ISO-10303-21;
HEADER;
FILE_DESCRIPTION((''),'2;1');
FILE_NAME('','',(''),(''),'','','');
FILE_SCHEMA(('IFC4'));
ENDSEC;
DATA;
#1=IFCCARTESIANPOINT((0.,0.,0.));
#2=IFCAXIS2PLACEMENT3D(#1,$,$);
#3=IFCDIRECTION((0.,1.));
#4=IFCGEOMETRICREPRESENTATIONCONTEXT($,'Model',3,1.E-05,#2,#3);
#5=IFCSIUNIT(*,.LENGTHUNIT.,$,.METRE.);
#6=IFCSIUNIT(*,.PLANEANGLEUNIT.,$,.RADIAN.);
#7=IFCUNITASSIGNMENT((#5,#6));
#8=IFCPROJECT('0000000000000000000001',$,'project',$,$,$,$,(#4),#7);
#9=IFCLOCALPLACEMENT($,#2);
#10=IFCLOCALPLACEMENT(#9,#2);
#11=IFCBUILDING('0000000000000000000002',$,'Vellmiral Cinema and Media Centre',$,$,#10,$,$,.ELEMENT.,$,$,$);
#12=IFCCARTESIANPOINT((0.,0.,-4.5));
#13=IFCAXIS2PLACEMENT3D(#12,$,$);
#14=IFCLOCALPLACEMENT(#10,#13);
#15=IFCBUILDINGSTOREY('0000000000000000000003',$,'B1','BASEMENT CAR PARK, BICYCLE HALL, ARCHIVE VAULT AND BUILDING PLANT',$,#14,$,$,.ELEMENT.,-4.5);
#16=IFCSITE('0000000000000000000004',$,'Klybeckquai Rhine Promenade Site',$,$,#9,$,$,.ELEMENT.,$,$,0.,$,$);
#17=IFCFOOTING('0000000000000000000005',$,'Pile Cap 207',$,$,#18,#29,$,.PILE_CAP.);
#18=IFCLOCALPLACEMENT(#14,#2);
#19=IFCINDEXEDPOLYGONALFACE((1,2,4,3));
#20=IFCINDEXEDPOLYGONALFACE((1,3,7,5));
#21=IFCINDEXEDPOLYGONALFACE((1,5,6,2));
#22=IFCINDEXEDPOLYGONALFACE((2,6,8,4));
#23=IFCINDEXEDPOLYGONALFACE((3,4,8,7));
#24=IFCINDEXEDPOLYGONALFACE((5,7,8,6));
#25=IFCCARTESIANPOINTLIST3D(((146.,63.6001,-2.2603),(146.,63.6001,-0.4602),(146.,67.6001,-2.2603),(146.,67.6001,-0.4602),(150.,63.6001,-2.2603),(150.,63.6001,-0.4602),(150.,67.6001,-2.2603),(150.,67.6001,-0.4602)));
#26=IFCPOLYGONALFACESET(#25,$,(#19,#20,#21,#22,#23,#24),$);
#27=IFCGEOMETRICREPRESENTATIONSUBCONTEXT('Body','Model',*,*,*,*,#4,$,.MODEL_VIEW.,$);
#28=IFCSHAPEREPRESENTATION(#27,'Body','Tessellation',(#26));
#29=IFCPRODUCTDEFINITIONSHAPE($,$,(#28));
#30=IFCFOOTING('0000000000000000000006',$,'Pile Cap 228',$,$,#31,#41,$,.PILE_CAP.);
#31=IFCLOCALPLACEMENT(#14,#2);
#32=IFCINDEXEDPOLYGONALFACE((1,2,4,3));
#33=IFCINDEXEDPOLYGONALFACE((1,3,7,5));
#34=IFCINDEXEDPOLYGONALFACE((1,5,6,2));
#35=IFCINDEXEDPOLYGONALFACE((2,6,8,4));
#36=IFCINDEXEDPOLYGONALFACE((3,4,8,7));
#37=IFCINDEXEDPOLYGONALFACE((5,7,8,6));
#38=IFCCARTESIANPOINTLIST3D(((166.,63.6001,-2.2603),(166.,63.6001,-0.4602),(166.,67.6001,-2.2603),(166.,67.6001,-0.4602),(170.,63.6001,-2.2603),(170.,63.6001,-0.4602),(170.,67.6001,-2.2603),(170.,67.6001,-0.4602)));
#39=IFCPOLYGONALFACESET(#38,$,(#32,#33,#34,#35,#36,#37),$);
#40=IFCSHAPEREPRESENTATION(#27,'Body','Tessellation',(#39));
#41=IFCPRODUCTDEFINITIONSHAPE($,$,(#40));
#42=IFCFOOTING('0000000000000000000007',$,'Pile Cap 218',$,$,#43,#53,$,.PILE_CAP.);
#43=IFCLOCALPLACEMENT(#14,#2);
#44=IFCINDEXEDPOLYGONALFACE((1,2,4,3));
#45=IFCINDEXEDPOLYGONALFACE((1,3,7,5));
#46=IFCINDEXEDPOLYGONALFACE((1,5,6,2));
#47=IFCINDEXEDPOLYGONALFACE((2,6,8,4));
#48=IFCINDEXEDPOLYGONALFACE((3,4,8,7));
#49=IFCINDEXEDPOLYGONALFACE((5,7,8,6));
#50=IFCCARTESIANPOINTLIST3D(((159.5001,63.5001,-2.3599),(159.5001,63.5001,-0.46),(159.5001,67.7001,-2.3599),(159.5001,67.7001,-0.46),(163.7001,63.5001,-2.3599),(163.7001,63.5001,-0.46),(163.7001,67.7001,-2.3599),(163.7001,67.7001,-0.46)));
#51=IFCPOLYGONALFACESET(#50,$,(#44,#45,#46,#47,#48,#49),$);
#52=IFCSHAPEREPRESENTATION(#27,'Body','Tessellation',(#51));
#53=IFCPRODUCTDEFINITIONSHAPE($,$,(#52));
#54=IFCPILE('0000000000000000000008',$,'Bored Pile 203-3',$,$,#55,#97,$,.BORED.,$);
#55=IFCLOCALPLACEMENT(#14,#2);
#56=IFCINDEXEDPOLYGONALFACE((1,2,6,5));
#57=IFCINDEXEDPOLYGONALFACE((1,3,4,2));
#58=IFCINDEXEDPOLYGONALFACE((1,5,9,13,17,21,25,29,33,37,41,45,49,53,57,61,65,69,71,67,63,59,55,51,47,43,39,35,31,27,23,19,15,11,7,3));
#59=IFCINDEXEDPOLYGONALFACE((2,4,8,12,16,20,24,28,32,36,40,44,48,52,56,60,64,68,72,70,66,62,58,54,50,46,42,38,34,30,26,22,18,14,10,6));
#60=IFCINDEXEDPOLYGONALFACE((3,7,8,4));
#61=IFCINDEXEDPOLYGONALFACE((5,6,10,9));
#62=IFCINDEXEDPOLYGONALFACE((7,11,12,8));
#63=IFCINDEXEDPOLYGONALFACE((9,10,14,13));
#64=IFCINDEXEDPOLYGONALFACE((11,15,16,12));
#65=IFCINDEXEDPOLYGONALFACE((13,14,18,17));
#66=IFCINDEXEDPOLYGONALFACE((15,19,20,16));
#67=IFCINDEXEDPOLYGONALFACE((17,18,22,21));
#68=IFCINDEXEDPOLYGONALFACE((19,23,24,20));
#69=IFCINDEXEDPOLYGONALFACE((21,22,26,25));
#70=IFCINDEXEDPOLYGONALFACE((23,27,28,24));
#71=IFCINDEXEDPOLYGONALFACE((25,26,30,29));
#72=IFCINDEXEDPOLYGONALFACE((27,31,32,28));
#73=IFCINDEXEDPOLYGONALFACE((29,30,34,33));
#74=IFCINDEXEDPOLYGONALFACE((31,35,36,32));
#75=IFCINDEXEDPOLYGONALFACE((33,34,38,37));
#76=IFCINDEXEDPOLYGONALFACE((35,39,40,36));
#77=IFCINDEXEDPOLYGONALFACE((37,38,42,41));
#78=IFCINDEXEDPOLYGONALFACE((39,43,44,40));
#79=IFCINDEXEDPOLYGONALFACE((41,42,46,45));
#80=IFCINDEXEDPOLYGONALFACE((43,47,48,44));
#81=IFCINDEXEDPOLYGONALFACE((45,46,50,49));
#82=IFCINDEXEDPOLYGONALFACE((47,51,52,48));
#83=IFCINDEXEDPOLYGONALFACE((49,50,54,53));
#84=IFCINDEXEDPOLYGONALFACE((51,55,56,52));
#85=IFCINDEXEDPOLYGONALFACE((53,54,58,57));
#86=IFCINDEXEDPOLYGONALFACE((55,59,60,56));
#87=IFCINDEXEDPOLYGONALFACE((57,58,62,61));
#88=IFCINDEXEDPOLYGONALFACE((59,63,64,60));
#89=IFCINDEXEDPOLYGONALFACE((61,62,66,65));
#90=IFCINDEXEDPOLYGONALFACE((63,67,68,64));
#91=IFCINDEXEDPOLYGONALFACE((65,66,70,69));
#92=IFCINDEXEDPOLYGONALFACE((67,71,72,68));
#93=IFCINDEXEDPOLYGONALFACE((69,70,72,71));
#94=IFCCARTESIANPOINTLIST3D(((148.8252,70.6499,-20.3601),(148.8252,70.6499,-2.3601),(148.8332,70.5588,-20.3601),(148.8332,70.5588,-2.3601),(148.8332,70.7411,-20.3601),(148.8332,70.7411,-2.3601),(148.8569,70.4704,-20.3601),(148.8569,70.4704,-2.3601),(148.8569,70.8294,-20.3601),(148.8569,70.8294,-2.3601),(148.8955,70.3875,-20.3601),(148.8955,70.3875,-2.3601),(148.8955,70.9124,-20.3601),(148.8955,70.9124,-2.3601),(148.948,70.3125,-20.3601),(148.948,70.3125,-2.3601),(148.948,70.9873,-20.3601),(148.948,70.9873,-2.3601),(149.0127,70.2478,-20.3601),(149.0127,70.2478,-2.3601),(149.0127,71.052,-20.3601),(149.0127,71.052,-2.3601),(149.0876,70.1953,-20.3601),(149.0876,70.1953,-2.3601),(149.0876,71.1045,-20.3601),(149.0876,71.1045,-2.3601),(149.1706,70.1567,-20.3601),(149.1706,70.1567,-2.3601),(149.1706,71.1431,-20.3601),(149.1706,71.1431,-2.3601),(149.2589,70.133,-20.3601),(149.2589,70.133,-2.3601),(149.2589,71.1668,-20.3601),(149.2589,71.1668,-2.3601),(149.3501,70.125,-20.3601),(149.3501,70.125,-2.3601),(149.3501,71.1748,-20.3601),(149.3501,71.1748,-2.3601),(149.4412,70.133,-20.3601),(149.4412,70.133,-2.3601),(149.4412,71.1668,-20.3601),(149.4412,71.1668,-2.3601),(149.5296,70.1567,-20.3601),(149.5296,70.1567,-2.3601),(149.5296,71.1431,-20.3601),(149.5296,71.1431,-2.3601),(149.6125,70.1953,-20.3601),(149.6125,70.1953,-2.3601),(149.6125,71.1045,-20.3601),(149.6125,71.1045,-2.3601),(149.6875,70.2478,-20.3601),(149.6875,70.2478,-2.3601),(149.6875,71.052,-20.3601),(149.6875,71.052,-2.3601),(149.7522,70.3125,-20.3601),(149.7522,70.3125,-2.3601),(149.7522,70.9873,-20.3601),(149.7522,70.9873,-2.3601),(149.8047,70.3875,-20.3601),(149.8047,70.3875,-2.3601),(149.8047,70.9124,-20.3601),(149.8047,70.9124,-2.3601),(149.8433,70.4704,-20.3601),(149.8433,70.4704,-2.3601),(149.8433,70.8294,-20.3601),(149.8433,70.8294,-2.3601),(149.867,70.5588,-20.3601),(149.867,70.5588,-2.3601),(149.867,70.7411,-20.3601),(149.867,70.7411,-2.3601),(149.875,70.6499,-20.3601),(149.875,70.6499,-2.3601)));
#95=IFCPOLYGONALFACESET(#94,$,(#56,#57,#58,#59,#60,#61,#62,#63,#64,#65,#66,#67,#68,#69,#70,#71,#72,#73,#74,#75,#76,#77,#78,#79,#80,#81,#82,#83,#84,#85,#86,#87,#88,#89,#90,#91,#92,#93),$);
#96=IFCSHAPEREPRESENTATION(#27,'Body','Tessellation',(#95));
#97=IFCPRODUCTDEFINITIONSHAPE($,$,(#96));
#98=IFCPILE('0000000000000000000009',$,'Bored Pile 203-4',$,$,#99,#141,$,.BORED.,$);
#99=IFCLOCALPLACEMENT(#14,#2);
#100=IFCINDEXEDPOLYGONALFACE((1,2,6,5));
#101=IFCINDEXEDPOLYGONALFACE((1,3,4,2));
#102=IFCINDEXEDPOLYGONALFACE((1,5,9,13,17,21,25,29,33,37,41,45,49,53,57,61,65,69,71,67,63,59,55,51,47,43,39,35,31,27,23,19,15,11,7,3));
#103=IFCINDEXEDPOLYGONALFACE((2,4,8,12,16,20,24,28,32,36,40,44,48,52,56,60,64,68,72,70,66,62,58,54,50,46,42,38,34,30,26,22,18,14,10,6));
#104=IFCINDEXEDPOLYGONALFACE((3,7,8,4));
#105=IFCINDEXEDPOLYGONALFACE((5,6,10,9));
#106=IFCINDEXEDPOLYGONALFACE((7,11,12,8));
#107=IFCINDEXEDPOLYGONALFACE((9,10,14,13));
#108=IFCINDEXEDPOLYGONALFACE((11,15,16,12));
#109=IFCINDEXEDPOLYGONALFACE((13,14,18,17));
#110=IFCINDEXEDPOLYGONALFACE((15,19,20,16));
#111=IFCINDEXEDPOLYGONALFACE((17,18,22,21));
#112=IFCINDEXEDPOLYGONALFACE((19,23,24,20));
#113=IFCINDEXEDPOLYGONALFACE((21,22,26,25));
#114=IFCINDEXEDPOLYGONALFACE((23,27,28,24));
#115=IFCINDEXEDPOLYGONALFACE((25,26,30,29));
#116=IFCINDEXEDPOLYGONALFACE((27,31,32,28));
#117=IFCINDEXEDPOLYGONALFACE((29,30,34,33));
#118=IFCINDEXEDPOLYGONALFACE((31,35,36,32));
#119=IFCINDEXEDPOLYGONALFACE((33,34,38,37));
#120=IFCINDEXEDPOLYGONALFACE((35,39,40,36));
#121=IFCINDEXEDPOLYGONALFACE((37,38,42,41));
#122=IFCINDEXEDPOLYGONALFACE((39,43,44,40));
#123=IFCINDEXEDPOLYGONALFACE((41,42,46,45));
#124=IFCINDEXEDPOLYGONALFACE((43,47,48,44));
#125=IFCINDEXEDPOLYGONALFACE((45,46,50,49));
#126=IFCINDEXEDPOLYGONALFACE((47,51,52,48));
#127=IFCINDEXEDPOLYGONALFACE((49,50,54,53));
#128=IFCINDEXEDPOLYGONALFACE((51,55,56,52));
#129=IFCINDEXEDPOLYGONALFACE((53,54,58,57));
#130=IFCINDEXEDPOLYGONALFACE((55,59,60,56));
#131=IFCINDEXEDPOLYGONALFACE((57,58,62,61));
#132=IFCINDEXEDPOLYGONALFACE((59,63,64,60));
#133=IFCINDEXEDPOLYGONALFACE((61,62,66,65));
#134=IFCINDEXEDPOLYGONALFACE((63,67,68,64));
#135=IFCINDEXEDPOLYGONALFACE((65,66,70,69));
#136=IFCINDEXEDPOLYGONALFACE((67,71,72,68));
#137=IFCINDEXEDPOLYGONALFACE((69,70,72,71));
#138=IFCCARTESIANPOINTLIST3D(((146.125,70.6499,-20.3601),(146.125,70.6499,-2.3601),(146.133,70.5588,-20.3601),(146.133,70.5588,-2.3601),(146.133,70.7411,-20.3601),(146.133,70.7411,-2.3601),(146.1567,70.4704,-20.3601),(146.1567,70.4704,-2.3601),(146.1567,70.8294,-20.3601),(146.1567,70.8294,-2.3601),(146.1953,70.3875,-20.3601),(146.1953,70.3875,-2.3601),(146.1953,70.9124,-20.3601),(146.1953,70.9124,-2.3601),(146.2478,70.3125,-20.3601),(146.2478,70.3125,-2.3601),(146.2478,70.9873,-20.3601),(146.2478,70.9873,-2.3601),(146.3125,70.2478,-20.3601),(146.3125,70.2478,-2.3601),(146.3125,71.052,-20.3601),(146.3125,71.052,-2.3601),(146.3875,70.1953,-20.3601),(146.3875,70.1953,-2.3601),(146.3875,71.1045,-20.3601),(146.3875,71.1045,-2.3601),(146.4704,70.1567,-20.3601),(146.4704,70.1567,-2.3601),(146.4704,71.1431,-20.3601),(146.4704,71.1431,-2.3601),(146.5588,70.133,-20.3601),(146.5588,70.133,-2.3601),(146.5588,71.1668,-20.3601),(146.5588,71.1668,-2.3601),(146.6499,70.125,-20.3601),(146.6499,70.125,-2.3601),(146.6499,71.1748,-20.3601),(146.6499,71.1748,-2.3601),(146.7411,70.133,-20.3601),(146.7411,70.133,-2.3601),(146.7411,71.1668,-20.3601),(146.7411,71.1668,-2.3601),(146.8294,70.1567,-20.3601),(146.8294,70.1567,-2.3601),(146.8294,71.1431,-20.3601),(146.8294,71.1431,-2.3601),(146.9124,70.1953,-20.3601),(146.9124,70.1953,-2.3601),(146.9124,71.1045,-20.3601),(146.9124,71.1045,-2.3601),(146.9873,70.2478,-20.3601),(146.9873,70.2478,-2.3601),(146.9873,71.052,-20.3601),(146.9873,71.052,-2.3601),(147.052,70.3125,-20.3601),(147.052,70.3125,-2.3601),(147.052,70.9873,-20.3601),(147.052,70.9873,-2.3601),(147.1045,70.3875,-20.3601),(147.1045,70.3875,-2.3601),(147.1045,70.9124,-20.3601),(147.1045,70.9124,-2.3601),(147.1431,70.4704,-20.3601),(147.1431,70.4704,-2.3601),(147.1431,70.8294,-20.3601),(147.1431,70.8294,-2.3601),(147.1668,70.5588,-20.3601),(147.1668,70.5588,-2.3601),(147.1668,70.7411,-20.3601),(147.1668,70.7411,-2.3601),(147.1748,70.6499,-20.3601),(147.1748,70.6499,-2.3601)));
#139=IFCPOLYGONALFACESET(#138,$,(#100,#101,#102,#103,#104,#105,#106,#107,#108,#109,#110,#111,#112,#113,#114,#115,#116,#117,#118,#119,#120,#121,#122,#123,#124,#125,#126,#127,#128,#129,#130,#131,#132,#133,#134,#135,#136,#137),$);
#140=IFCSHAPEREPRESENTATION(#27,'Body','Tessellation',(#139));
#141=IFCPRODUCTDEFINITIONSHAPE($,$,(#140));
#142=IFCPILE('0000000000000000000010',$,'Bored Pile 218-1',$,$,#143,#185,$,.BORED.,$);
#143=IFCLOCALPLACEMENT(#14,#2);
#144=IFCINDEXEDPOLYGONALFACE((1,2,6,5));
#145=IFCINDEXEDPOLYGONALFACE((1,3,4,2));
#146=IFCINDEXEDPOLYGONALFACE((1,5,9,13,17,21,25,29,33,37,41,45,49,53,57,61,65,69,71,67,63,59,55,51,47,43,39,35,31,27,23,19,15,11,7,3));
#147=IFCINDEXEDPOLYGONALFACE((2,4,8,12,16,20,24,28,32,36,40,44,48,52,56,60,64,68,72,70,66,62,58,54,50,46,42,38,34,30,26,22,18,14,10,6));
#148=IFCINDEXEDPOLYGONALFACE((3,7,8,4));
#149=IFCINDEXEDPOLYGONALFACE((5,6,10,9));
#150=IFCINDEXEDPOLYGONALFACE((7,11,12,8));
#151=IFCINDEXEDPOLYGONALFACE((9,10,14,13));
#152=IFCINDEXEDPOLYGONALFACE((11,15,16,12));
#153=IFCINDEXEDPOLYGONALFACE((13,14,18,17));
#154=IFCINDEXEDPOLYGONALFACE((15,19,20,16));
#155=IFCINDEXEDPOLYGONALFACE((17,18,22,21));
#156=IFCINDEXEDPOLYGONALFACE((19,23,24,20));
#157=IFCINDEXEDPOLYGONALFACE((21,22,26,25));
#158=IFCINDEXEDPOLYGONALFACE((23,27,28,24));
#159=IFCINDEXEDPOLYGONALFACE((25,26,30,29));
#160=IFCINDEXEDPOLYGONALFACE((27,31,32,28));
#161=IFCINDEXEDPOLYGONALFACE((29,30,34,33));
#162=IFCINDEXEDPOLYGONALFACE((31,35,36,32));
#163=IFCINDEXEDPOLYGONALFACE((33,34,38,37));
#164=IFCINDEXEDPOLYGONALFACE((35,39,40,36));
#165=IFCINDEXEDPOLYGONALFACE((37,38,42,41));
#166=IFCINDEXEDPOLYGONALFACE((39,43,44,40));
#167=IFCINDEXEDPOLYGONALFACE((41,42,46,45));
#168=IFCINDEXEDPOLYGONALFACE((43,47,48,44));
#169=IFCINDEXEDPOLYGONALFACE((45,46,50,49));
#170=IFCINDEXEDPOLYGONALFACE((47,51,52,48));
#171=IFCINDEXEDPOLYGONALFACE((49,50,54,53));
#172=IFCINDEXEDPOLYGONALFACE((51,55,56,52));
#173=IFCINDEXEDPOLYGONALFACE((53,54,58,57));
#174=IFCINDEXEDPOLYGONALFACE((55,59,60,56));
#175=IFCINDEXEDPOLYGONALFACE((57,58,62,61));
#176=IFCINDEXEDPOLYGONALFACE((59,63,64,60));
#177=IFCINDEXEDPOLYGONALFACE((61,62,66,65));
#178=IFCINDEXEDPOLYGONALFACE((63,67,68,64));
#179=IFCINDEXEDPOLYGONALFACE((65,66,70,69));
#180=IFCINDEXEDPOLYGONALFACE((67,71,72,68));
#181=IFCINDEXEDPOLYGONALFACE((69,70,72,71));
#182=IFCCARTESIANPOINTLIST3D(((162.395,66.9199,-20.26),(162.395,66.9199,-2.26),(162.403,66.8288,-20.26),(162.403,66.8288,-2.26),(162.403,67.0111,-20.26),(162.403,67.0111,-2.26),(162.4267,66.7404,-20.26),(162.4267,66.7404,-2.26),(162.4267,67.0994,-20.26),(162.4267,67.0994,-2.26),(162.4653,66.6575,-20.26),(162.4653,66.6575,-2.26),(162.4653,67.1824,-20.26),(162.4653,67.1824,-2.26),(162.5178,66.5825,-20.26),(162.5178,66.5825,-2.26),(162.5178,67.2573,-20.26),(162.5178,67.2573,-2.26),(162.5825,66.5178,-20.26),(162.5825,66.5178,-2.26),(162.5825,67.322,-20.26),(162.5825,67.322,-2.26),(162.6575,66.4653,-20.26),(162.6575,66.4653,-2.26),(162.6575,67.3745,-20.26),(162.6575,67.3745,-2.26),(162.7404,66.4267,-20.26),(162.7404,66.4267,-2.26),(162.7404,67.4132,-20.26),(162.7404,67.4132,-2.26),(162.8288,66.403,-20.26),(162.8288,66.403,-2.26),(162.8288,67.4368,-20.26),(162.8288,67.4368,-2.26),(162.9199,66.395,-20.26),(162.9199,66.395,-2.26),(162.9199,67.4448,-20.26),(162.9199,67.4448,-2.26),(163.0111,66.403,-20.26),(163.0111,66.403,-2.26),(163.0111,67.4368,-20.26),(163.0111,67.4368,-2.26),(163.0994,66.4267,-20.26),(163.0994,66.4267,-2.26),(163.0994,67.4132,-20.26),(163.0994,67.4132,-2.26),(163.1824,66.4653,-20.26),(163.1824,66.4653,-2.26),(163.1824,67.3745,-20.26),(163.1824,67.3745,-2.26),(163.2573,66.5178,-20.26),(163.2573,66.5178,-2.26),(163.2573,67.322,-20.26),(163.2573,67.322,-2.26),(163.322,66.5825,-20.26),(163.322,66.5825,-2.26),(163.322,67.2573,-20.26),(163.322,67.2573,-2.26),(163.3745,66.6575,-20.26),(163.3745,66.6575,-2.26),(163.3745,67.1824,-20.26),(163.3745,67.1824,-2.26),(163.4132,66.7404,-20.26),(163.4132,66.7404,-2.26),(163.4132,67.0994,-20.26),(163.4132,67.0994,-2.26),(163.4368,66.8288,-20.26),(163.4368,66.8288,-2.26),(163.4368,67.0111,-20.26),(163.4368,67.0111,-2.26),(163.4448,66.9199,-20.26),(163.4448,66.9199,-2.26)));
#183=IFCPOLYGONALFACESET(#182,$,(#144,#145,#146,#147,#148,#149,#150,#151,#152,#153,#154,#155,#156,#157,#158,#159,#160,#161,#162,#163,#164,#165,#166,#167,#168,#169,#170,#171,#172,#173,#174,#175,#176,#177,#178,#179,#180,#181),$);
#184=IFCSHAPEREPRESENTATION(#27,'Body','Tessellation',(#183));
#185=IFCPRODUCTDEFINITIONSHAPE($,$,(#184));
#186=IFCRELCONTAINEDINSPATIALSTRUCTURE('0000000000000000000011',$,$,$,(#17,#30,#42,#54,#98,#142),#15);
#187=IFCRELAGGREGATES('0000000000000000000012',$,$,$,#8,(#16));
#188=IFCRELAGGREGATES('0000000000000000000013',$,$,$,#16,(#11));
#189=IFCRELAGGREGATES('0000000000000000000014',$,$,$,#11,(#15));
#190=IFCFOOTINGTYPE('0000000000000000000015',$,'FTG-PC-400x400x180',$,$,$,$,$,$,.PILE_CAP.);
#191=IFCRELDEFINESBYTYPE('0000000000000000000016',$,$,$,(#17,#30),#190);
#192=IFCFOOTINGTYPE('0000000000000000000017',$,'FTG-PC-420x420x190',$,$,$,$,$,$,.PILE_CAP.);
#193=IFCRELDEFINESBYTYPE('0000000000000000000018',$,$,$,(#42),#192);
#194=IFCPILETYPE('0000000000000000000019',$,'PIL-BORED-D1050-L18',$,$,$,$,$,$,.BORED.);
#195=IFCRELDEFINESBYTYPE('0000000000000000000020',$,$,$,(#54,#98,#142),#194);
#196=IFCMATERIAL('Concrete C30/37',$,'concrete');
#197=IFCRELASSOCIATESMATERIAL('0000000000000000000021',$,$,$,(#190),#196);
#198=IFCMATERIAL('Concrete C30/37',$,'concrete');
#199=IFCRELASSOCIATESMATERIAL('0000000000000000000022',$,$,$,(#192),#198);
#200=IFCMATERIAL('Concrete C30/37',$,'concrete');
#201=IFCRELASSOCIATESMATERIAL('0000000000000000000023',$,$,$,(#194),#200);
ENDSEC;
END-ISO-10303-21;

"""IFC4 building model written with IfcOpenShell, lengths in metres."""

from ifc_helpers import new_model, si_unit, direction, frame, origin, origin_2d, place, context, subcontext, project, spatial, rectangle, circle, extrude, material, material_profile, profile_set, type_object, element, save


model = new_model("IFC4")

# Units and contexts
model_context = context("Model", 3, precision=1e-05, world=origin(), true_north=direction((0.0, 1.0)))
body_context = subcontext(model_context, "Body", "Model", "MODEL_VIEW")
ifc_project = project(units=[si_unit("LENGTHUNIT", "METRE"), si_unit("PLANEANGLEUNIT", "RADIAN")], contexts=[model_context])

# Site, building, storey
site_placement = place(None, origin())
site = spatial("IfcSite", under=ifc_project, at=site_placement, Name="Klybeckquai Rhine Promenade Site", CompositionType="ELEMENT", RefElevation=0.0)
building_placement = place(site_placement, origin())
building = spatial("IfcBuilding", under=site, at=building_placement, Name="Vellmiral Cinema and Media Centre", CompositionType="ELEMENT")
storey_placement = place(building_placement, frame((0.0, 0.0, -4.5)))
storey = spatial("IfcBuildingStorey", under=building, at=storey_placement, Name="B1", Description="BASEMENT CAR PARK, BICYCLE HALL, ARCHIVE VAULT AND BUILDING PLANT", CompositionType="ELEMENT", Elevation=-4.5)

# Footings
ifc_material_1 = material(Name="Concrete C30/37", Category="concrete")
footing_type_1 = type_object("IfcFootingType", Name="FTG-PC-400x400x180", PredefinedType="PILE_CAP", material=ifc_material_1)
for number, where, z_axis, x_axis, name in (
    (1, (148.0, 65.6001, -2.2603), (0.0, 0.0, 1.0), (1.0, 0.0, 0.0), "Pile Cap 207"),
    (2, (168.0, 65.6001, -2.2603), (0.0, 0.0, 1.0), (1.0, 0.0, 0.0), "Pile Cap 228"),
):
    element("IfcFooting", number, at=place(storey_placement, frame(where, z_axis=z_axis, x_axis=x_axis)), inside=storey, type_object=footing_type_1, Name=name, PredefinedType="PILE_CAP", context=body_context, shape_type="SweptSolid", body=[
        extrude(rectangle(XDim=4.0, YDim=4.0, at=origin_2d()), origin(), (0.0, 0.0, 1.0), 1.8),
    ])
ifc_material_2 = material(Name="Concrete C30/37", Category="concrete")
footing_type_2 = type_object("IfcFootingType", Name="FTG-PC-420x420x190", PredefinedType="PILE_CAP", material=ifc_material_2)
footing_placement = place(storey_placement, frame((161.6001, 65.6001, -2.3599), z_axis=(0.0, 0.0, 1.0), x_axis=(1.0, 0.0, 0.0)))
element("IfcFooting", 3, at=footing_placement, inside=storey, type_object=footing_type_2, Name="Pile Cap 218", PredefinedType="PILE_CAP", context=body_context, shape_type="SweptSolid", body=[
    extrude(rectangle(XDim=4.2, YDim=4.2, at=origin_2d()), origin(), (0.0, 0.0, 1.0), 1.8999),
])

# Piles
ifc_material_3 = material(Name="Concrete C30/37", Category="concrete")
ifc_material_profile_1 = material_profile(ifc_material_3, circle(Radius=0.5249, at=origin_2d()), Name="PILE D1050")
ifc_profile_set_1 = profile_set([ifc_material_profile_1], Name="Concrete C30/37")
pile_type_1 = type_object("IfcPileType", Name="PIL-BORED-D1050-L18", PredefinedType="BORED", material=ifc_profile_set_1)
for number, where, z_axis, x_axis, name in (
    (4, (149.3501, 70.6499, -2.3601), (0.0, 0.0, -1.0), (1.0, 0.0, 0.0), "Bored Pile 203-3"),
    (5, (146.6499, 70.6499, -2.3601), (0.0, 0.0, -1.0), (1.0, 0.0, 0.0), "Bored Pile 203-4"),
    (6, (162.9199, 66.9199, -2.26), (0.0, 0.0, -1.0), (1.0, 0.0, 0.0), "Bored Pile 218-1"),
):
    element("IfcPile", number, at=place(storey_placement, frame(where, z_axis=z_axis, x_axis=x_axis)), inside=storey, type_object=pile_type_1, Name=name, PredefinedType="BORED", context=body_context, shape_type="SweptSolid", body=[
        extrude(circle(Radius=0.5249, at=origin_2d()), origin(), (0.0, 0.0, 1.0), 18.0),
    ])

save(model, "model.ifc")
